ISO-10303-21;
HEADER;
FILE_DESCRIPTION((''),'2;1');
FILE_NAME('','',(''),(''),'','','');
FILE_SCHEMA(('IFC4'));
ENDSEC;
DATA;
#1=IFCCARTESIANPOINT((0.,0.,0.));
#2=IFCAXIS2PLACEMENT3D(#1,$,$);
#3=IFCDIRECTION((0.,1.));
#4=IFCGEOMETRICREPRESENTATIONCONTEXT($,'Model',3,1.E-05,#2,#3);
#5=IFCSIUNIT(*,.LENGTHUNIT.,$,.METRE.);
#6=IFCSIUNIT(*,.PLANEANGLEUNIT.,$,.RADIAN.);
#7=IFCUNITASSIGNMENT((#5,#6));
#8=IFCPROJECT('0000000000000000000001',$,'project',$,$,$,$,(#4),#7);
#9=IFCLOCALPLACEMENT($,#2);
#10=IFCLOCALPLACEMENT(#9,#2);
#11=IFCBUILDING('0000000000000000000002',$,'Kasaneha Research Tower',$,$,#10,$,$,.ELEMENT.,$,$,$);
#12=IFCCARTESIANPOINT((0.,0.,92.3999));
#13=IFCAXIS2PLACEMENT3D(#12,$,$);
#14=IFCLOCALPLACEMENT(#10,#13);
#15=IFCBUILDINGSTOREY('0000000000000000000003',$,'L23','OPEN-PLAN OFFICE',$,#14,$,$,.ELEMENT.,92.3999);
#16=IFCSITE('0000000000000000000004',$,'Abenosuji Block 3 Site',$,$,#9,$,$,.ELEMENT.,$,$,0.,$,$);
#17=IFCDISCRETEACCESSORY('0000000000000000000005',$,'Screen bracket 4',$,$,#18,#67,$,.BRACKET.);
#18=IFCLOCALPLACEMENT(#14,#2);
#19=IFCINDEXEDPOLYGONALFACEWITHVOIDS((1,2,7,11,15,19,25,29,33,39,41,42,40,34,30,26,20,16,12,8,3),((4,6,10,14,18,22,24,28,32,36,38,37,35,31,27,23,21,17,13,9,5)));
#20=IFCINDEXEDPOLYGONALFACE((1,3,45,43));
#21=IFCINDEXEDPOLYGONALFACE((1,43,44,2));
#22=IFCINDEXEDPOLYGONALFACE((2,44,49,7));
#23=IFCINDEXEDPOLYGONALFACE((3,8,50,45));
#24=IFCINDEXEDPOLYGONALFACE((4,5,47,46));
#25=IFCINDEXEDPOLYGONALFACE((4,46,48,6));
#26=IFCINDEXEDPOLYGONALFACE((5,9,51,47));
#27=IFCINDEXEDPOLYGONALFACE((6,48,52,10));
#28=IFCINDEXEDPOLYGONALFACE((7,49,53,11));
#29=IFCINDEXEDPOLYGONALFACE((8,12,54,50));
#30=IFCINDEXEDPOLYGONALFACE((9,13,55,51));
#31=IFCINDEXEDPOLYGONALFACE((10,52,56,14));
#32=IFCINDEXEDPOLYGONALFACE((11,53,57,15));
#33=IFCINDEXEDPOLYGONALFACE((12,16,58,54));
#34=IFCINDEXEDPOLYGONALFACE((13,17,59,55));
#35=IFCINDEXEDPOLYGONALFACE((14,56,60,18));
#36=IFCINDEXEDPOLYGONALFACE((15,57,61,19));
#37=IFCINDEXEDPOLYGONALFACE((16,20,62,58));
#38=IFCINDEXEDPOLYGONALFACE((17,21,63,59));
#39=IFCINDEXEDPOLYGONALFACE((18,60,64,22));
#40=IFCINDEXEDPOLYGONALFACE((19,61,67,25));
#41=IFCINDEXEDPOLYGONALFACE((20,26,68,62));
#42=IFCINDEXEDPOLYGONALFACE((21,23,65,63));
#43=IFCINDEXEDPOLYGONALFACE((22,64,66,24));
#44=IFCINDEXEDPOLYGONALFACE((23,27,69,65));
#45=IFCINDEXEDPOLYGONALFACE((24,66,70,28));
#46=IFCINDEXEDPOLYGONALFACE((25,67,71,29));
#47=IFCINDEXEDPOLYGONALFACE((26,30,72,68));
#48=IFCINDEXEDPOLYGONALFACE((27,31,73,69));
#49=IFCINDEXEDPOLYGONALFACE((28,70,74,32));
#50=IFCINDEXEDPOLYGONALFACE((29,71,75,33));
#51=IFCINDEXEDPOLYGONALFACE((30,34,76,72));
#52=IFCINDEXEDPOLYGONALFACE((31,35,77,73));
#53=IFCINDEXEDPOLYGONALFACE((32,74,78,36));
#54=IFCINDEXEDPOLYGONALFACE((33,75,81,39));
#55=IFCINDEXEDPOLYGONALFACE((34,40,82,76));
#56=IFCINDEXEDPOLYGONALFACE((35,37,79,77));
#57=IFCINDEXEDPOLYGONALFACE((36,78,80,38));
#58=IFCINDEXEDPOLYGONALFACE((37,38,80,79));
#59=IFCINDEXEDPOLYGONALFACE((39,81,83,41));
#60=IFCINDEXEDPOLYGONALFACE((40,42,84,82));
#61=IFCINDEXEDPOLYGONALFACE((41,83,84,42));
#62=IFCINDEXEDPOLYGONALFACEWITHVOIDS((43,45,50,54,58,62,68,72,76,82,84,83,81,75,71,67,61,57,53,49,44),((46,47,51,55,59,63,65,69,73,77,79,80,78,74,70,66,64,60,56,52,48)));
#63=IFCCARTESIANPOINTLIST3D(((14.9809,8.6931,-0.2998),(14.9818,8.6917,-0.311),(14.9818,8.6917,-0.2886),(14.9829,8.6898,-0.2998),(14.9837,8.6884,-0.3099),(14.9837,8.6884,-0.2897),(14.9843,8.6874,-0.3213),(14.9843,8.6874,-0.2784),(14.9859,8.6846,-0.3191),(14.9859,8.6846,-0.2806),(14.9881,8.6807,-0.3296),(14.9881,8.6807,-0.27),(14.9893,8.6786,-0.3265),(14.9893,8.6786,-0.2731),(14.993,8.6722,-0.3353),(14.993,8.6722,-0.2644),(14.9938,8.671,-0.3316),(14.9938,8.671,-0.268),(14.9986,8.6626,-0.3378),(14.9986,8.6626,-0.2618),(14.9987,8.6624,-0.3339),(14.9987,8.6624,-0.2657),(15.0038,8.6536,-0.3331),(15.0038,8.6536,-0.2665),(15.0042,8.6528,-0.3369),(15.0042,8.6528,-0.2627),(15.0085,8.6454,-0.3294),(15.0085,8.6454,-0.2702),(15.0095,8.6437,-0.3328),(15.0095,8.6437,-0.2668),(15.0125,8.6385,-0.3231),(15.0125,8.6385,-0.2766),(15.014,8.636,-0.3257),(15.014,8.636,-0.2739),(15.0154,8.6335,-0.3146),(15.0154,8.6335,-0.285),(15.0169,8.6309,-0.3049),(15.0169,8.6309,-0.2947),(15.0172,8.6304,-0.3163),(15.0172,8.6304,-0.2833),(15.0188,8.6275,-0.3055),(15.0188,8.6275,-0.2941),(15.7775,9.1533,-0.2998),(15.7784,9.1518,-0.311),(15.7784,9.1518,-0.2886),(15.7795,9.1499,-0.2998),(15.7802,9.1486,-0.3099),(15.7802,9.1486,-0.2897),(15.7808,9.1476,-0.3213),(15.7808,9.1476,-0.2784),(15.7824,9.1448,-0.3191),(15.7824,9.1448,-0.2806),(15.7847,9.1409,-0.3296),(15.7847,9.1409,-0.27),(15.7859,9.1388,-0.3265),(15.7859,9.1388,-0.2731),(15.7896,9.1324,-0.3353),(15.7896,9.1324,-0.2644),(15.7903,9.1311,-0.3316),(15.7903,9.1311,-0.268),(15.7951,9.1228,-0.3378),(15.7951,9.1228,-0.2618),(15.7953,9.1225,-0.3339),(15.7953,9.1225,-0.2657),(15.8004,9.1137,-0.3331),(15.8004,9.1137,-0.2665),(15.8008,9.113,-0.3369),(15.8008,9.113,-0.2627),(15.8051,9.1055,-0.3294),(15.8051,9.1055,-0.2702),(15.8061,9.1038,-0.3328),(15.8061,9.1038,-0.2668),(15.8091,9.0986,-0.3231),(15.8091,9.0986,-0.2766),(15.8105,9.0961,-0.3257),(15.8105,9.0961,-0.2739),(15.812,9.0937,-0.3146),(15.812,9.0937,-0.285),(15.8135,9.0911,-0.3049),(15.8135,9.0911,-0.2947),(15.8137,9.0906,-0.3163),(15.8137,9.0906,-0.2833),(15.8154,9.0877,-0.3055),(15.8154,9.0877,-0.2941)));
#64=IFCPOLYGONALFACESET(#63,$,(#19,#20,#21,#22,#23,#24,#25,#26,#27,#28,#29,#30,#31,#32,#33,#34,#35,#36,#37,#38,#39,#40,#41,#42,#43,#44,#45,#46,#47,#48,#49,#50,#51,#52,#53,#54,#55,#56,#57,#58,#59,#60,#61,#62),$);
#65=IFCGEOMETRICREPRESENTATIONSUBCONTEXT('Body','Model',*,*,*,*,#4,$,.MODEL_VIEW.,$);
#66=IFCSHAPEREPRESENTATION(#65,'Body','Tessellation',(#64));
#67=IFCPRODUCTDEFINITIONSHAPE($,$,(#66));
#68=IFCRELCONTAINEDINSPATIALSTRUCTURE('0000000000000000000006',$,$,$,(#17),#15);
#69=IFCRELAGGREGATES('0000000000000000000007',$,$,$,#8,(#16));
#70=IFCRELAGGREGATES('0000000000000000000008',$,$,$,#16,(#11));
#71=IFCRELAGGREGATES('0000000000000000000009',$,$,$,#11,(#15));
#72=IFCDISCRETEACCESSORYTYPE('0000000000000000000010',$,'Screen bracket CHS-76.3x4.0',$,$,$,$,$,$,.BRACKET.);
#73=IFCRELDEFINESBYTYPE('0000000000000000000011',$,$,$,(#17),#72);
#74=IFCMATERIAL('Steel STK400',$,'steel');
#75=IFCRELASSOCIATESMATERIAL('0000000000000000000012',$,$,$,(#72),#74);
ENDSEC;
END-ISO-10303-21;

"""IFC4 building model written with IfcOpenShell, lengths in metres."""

from ifc_helpers import new_model, si_unit, direction, frame, origin, origin_2d, place, context, subcontext, project, spatial, hollow_circle, extrude, material, material_profile, profile_set, type_object, element, save


model = new_model("IFC4")

# Units and contexts
model_context = context("Model", 3, precision=1e-05, world=origin(), true_north=direction((0.0, 1.0)))
body_context = subcontext(model_context, "Body", "Model", "MODEL_VIEW")
ifc_project = project(units=[si_unit("LENGTHUNIT", "METRE"), si_unit("PLANEANGLEUNIT", "RADIAN")], contexts=[model_context])

# Site, building, storey
site_placement = place(None, origin())
site = spatial("IfcSite", under=ifc_project, at=site_placement, Name="Abenosuji Block 3 Site", CompositionType="ELEMENT", RefElevation=0.0)
building_placement = place(site_placement, origin())
building = spatial("IfcBuilding", under=site, at=building_placement, Name="Kasaneha Research Tower", CompositionType="ELEMENT")
storey_placement = place(building_placement, frame((0.0, 0.0, 92.3999)))
storey = spatial("IfcBuildingStorey", under=building, at=storey_placement, Name="L23", Description="OPEN-PLAN OFFICE", CompositionType="ELEMENT", Elevation=92.3999)

# Discrete accessory
ifc_material_1 = material(Name="Steel STK400", Category="steel")
ifc_material_profile_1 = material_profile(ifc_material_1, hollow_circle(Radius=0.0381, WallThickness=0.0039, at=origin_2d()), Name="CHS-76.3x4.0")
ifc_profile_set_1 = profile_set([ifc_material_profile_1], Name="Steel STK400")
discrete_accessory_type = type_object("IfcDiscreteAccessoryType", Name="Screen bracket CHS-76.3x4.0", PredefinedType="BRACKET", material=ifc_profile_set_1)
discrete_accessory_placement = place(storey_placement, frame((15.0, 8.6602, -0.2998), z_axis=(0.865898, 0.50022, 0.0), x_axis=(-0.50022, 0.865898, 0.0)))
element("IfcDiscreteAccessory", 1, at=discrete_accessory_placement, inside=storey, type_object=discrete_accessory_type, Name="Screen bracket 4", PredefinedType="BRACKET", context=body_context, shape_type="SweptSolid", body=[
    extrude(hollow_circle(Radius=0.0381, WallThickness=0.0039, at=origin_2d()), origin(), (0.0, 0.0, 1.0), 0.9199),
])

save(model, "model.ifc")
